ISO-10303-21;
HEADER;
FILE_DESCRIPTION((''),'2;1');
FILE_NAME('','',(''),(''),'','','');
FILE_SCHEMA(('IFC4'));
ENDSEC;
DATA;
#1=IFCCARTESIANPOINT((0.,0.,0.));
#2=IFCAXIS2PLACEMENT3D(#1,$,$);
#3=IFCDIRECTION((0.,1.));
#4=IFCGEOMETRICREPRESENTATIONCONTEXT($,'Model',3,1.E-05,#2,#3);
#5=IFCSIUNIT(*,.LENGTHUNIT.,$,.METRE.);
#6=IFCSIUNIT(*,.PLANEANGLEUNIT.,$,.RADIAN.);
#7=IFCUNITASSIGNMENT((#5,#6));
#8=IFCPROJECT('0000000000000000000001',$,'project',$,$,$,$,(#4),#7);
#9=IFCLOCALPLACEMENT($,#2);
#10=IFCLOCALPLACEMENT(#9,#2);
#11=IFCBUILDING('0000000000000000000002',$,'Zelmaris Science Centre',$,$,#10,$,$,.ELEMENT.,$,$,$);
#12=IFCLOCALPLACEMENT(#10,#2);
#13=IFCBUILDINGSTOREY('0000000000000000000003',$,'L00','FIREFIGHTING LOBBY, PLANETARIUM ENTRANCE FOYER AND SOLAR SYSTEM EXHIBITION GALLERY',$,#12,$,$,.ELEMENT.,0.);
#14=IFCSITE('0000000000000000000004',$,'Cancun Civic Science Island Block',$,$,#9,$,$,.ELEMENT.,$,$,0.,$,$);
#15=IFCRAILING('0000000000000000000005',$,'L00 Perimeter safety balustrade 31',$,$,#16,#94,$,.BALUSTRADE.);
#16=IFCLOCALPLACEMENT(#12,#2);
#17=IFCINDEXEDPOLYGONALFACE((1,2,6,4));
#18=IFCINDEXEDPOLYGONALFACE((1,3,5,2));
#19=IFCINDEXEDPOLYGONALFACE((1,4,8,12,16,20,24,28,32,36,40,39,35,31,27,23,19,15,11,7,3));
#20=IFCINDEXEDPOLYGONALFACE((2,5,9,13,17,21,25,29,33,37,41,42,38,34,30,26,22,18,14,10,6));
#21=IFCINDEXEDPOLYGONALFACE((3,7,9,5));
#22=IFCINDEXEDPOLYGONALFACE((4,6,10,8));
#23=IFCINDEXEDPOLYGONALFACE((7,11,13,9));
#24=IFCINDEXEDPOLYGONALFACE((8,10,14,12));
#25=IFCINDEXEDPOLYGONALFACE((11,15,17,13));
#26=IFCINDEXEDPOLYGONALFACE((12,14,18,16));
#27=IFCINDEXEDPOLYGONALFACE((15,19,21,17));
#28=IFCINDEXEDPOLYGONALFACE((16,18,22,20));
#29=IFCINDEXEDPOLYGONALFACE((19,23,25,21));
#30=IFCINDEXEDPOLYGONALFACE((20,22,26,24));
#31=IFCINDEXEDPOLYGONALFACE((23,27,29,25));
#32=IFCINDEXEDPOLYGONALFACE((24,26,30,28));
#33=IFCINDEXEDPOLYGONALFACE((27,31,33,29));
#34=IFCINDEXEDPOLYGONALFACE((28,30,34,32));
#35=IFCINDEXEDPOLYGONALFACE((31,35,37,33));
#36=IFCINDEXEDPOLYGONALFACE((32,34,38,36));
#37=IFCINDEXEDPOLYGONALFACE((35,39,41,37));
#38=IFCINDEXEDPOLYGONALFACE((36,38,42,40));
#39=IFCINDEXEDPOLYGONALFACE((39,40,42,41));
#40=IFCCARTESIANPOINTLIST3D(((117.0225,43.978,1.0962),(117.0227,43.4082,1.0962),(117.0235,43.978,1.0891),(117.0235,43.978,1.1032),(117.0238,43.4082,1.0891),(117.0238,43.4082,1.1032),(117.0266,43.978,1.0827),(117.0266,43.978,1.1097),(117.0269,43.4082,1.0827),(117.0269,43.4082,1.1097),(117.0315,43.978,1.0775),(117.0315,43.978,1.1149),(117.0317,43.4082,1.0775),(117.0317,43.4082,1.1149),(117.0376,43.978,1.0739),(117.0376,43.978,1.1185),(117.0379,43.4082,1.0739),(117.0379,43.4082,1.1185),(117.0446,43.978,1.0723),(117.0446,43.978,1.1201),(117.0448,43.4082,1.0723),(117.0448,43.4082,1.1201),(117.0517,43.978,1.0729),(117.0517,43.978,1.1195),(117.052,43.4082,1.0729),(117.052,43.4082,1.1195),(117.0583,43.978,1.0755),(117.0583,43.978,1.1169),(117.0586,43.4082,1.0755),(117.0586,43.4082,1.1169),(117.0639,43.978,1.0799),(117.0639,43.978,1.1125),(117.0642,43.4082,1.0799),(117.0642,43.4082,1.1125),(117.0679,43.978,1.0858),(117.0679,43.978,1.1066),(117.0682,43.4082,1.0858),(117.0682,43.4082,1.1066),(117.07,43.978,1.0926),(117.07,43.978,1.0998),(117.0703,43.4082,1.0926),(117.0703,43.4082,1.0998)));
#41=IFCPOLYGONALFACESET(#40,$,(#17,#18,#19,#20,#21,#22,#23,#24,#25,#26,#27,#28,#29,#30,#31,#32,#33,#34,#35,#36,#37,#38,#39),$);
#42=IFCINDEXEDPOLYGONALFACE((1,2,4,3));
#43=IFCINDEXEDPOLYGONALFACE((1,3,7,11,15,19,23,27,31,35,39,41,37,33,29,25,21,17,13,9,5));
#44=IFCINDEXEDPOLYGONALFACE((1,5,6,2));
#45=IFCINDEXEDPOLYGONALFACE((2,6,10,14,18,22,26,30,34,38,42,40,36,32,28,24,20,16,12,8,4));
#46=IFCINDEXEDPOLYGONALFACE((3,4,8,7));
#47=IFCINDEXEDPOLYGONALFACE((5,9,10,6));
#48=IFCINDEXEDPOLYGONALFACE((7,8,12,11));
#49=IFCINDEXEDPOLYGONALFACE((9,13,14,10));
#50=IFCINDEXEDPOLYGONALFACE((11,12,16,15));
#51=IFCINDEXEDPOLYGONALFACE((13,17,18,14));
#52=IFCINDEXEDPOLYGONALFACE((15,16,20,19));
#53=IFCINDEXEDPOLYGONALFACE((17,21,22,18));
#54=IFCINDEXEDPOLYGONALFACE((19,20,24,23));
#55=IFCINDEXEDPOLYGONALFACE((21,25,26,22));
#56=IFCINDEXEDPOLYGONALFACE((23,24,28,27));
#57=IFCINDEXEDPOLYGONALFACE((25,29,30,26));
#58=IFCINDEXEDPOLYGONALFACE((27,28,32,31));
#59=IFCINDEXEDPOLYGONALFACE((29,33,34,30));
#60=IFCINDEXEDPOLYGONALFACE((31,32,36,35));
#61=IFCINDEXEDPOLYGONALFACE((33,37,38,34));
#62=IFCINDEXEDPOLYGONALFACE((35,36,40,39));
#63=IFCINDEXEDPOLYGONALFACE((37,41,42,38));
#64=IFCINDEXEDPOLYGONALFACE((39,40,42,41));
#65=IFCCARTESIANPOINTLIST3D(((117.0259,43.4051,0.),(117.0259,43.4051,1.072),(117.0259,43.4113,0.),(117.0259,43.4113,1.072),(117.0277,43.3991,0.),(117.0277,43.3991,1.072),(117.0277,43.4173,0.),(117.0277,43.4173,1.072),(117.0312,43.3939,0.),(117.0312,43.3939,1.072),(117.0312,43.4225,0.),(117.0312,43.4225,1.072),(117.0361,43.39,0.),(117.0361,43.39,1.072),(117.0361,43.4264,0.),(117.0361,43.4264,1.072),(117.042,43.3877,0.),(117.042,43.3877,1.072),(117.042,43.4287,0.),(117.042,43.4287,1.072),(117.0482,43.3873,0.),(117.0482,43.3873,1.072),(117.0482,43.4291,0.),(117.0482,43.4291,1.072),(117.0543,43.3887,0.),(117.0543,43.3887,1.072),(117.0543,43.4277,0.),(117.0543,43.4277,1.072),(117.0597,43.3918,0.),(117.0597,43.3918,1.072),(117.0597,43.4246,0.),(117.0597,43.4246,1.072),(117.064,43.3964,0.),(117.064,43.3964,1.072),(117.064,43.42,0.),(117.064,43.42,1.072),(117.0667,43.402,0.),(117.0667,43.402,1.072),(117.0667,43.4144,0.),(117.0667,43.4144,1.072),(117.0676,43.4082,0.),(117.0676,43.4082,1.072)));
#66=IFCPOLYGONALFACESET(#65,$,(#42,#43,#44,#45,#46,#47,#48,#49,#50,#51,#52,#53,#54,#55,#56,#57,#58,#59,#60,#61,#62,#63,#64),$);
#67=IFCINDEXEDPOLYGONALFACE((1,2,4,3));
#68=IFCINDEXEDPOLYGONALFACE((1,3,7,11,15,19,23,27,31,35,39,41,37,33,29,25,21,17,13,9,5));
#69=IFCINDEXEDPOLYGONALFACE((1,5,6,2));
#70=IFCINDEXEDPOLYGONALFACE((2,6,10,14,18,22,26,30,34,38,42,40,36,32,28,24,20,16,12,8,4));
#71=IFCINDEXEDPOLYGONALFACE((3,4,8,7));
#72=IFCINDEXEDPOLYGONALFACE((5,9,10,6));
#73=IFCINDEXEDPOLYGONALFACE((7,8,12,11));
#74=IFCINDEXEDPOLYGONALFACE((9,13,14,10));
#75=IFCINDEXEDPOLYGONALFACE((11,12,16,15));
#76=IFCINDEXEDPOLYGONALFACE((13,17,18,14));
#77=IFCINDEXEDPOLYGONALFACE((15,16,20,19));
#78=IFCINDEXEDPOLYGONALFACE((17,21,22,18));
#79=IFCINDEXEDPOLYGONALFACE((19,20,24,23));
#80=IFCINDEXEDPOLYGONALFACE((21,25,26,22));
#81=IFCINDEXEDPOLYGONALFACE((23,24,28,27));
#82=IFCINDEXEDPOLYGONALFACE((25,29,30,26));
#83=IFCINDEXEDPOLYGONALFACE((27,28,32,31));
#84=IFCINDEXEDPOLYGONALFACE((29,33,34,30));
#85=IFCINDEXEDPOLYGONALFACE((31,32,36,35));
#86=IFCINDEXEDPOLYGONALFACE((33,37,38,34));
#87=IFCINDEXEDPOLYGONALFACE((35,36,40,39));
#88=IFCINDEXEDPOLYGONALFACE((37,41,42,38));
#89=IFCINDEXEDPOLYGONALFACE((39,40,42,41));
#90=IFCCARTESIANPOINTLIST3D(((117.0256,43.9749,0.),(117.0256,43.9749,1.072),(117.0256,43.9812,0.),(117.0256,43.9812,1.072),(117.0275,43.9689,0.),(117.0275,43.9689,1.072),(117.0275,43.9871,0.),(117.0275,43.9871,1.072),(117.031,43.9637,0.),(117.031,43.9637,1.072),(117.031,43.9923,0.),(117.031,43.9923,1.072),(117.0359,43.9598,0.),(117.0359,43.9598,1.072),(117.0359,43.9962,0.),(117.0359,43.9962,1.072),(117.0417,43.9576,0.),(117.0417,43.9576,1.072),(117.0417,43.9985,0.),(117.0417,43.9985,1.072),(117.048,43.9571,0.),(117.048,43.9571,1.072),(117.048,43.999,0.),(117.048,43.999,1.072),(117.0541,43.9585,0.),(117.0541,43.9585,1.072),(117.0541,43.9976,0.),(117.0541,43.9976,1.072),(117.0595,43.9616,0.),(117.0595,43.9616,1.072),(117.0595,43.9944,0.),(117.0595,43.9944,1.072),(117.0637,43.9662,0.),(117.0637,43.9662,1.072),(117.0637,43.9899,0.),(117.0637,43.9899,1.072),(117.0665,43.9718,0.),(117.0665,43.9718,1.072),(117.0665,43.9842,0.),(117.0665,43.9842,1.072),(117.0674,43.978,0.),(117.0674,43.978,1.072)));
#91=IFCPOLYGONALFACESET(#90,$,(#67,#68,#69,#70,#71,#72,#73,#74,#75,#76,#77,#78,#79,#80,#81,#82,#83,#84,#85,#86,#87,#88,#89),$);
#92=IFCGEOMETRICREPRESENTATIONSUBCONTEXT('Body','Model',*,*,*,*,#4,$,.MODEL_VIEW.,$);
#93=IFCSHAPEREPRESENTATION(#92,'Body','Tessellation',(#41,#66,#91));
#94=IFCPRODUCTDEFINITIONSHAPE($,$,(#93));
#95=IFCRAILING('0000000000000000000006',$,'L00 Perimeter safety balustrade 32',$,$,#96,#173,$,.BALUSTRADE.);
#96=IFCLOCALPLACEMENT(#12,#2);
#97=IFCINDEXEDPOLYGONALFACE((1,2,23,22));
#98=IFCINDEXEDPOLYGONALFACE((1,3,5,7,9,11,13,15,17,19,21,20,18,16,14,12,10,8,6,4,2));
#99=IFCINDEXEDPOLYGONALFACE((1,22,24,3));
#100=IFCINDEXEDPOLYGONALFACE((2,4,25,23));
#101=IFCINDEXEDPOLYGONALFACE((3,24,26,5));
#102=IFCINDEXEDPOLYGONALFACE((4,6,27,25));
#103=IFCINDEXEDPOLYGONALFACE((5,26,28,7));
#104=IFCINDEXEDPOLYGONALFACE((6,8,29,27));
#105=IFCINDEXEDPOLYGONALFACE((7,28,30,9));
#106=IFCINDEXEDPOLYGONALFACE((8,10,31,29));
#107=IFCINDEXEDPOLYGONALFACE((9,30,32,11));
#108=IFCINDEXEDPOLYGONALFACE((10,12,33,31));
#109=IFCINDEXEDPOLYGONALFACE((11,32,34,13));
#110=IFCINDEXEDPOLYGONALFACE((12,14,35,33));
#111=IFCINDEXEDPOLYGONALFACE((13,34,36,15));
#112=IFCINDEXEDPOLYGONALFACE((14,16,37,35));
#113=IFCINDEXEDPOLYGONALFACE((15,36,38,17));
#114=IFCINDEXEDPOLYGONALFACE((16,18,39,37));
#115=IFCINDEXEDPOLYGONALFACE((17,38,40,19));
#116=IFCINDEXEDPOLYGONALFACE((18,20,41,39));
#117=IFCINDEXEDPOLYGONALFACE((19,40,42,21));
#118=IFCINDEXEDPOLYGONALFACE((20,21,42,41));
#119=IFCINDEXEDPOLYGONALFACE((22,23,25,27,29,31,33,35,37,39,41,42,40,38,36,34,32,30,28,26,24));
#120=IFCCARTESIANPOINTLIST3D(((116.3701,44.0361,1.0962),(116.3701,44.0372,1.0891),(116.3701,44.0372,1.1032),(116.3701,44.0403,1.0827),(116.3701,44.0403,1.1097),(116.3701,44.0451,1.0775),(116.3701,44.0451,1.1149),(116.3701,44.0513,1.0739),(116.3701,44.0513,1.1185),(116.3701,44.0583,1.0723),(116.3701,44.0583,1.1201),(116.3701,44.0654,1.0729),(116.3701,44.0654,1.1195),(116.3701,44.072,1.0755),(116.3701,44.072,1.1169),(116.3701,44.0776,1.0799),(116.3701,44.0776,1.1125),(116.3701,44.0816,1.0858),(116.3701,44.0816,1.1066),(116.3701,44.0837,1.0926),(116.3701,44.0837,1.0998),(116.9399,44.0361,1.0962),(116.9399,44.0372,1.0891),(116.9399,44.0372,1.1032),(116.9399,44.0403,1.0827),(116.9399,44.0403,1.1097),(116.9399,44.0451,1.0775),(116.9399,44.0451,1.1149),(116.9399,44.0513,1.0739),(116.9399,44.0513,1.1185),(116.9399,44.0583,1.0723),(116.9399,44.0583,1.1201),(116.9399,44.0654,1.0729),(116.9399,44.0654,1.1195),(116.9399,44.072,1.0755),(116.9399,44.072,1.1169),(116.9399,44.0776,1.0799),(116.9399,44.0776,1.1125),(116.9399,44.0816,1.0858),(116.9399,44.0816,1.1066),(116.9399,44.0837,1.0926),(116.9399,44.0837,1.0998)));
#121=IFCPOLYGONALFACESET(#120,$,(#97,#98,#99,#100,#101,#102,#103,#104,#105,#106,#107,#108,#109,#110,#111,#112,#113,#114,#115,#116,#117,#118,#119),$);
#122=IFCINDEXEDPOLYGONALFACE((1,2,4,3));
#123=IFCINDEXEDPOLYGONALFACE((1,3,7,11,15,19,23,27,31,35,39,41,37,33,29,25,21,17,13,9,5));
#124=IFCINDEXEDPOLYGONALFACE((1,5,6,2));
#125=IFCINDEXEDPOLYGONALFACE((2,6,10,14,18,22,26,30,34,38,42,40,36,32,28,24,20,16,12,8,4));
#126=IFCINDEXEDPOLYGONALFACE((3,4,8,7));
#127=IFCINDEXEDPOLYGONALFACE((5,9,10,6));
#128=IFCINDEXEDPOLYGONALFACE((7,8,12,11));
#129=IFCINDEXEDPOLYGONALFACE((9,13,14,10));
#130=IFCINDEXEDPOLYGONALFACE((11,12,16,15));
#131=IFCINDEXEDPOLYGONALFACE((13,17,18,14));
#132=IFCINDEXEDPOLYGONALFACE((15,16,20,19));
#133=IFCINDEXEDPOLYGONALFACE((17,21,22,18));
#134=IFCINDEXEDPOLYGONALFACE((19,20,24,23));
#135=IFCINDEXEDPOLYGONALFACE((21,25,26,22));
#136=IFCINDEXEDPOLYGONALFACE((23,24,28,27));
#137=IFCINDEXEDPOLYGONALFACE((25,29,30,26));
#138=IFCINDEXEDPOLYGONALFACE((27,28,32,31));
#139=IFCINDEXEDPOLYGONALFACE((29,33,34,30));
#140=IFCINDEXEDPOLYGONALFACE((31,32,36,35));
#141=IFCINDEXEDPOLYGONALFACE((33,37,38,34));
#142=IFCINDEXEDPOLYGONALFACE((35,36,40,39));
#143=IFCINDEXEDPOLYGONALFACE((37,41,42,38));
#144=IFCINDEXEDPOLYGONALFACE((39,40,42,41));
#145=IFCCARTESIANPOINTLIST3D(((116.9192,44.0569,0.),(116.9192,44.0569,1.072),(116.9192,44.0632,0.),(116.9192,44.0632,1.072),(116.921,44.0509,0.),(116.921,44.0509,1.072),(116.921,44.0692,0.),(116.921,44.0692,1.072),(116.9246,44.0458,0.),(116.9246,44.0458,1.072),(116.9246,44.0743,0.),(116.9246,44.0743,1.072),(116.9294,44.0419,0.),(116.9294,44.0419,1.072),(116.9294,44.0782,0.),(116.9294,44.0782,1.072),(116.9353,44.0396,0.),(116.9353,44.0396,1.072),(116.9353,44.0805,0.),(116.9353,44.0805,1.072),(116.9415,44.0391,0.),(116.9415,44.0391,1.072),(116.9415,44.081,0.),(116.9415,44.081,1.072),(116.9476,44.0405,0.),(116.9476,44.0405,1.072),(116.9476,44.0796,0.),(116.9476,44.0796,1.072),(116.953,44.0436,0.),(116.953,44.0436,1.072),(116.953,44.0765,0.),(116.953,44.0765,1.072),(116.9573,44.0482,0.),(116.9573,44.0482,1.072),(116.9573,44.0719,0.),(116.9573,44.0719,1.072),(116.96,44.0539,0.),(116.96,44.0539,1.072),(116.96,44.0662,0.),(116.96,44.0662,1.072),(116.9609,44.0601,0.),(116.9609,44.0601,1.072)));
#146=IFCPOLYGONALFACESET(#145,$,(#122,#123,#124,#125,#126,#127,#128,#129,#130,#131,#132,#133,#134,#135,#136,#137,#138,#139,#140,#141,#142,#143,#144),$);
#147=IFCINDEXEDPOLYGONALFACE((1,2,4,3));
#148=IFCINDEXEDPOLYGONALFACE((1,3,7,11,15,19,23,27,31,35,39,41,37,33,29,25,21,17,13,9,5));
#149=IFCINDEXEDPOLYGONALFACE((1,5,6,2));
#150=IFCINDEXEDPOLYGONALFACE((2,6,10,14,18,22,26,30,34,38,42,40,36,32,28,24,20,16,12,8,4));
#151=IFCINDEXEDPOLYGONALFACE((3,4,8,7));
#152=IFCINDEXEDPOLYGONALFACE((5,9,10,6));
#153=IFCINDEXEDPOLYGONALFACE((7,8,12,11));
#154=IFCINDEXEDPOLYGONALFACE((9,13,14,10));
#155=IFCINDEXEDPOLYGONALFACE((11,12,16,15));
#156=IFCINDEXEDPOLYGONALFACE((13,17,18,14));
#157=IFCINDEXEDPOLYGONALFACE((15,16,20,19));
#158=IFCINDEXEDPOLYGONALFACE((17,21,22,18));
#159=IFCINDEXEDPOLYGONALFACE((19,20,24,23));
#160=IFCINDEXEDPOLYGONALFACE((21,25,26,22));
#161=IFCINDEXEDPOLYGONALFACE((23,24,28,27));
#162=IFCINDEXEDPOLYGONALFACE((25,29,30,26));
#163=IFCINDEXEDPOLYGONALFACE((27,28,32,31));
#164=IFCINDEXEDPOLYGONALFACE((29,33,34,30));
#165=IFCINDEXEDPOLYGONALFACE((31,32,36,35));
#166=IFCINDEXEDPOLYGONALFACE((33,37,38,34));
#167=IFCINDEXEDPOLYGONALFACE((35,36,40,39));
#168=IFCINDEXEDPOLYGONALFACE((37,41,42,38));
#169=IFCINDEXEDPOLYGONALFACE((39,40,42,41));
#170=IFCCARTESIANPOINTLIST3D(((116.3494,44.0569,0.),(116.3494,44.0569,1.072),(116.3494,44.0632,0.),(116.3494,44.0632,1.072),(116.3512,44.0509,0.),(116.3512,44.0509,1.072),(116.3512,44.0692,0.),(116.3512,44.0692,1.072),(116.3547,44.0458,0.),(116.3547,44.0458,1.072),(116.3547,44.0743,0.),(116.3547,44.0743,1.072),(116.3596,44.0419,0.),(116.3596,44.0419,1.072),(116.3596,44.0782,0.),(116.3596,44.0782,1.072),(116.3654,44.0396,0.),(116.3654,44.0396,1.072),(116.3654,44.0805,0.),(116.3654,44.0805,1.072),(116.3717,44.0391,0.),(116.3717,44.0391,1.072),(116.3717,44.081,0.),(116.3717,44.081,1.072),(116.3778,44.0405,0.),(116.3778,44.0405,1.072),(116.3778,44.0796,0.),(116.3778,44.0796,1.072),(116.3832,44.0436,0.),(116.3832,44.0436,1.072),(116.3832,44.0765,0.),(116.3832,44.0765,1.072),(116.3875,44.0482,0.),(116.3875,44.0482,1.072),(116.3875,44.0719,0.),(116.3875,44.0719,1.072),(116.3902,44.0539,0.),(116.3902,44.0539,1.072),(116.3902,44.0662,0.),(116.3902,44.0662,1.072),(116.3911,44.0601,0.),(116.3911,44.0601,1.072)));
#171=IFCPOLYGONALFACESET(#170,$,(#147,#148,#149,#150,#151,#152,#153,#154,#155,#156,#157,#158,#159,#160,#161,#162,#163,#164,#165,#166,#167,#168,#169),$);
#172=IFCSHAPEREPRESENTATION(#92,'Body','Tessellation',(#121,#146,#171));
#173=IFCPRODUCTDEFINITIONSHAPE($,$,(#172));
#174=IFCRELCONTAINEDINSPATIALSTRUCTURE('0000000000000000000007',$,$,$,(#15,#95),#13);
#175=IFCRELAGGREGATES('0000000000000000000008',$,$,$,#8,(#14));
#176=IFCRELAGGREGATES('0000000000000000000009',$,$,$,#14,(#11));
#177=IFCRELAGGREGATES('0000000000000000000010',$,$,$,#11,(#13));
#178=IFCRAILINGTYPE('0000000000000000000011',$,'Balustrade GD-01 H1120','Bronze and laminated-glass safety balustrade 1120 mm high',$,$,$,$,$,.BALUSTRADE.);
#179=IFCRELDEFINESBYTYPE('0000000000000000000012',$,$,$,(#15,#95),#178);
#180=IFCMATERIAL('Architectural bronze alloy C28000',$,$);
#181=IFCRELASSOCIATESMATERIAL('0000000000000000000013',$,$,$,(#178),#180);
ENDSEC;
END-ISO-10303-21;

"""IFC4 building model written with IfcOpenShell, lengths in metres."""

from ifc_helpers import new_model, si_unit, direction, frame, origin, origin_2d, place, context, subcontext, project, spatial, circle, extrude, material, type_object, element, save


model = new_model("IFC4")

# Units and contexts
model_context = context("Model", 3, precision=1e-05, world=origin(), true_north=direction((0.0, 1.0)))
body_context = subcontext(model_context, "Body", "Model", "MODEL_VIEW")
ifc_project = project(units=[si_unit("LENGTHUNIT", "METRE"), si_unit("PLANEANGLEUNIT", "RADIAN")], contexts=[model_context])

# Site, building, storey
site_placement = place(None, origin())
site = spatial("IfcSite", under=ifc_project, at=site_placement, Name="Cancun Civic Science Island Block", CompositionType="ELEMENT", RefElevation=0.0)
building_placement = place(site_placement, origin())
building = spatial("IfcBuilding", under=site, at=building_placement, Name="Zelmaris Science Centre", CompositionType="ELEMENT")
storey_placement = place(building_placement, origin())
storey = spatial("IfcBuildingStorey", under=building, at=storey_placement, Name="L00", Description="FIREFIGHTING LOBBY, PLANETARIUM ENTRANCE FOYER AND SOLAR SYSTEM EXHIBITION GALLERY", CompositionType="ELEMENT", Elevation=0.0)

# Shared definitions
ifc_material_1 = material(Name="Architectural bronze alloy C28000")

# Railings
railing_type = type_object("IfcRailingType", Name="Balustrade GD-01 H1120", Description="Bronze and laminated-glass safety balustrade 1120 mm high", PredefinedType="BALUSTRADE", material=ifc_material_1)
railing_1_placement = place(storey_placement, frame((117.0466, 43.4082, 0.0)))
element("IfcRailing", 1, at=railing_1_placement, inside=storey, type_object=railing_type, Name="L00 Perimeter safety balustrade 31", PredefinedType="BALUSTRADE", context=body_context, shape_type="SweptSolid", body=[
    extrude(circle(Radius=0.0239, at=origin_2d()), frame((0.0, 0.0, 1.0962), z_axis=(-0.000428, 1.0, 0.0), x_axis=(-1.0, -0.000428, 0.0)), (0.0, 0.0, 1.0), 0.5698),
    extrude(circle(Radius=0.021, at=origin_2d()), origin(), (0.0, 0.0, 1.0), 1.072),
    extrude(circle(Radius=0.021, at=origin_2d()), frame((-0.0002, 0.5698, 0.0)), (0.0, 0.0, 1.0), 1.072),
])
railing_2_placement = place(storey_placement, frame((116.9399, 44.0601, 0.0)))
element("IfcRailing", 2, at=railing_2_placement, inside=storey, type_object=railing_type, Name="L00 Perimeter safety balustrade 32", PredefinedType="BALUSTRADE", context=body_context, shape_type="SweptSolid", body=[
    extrude(circle(Radius=0.0239, at=origin_2d()), frame((0.0, 0.0, 1.0962), z_axis=(-1.0, 0.0, 0.0), x_axis=(0.0, -1.0, 0.0)), (0.0, 0.0, 1.0), 0.5698),
    extrude(circle(Radius=0.021, at=origin_2d()), origin(), (0.0, 0.0, 1.0), 1.072),
    extrude(circle(Radius=0.021, at=origin_2d()), frame((-0.5698, 0.0, 0.0)), (0.0, 0.0, 1.0), 1.072),
])

save(model, "model.ifc")
